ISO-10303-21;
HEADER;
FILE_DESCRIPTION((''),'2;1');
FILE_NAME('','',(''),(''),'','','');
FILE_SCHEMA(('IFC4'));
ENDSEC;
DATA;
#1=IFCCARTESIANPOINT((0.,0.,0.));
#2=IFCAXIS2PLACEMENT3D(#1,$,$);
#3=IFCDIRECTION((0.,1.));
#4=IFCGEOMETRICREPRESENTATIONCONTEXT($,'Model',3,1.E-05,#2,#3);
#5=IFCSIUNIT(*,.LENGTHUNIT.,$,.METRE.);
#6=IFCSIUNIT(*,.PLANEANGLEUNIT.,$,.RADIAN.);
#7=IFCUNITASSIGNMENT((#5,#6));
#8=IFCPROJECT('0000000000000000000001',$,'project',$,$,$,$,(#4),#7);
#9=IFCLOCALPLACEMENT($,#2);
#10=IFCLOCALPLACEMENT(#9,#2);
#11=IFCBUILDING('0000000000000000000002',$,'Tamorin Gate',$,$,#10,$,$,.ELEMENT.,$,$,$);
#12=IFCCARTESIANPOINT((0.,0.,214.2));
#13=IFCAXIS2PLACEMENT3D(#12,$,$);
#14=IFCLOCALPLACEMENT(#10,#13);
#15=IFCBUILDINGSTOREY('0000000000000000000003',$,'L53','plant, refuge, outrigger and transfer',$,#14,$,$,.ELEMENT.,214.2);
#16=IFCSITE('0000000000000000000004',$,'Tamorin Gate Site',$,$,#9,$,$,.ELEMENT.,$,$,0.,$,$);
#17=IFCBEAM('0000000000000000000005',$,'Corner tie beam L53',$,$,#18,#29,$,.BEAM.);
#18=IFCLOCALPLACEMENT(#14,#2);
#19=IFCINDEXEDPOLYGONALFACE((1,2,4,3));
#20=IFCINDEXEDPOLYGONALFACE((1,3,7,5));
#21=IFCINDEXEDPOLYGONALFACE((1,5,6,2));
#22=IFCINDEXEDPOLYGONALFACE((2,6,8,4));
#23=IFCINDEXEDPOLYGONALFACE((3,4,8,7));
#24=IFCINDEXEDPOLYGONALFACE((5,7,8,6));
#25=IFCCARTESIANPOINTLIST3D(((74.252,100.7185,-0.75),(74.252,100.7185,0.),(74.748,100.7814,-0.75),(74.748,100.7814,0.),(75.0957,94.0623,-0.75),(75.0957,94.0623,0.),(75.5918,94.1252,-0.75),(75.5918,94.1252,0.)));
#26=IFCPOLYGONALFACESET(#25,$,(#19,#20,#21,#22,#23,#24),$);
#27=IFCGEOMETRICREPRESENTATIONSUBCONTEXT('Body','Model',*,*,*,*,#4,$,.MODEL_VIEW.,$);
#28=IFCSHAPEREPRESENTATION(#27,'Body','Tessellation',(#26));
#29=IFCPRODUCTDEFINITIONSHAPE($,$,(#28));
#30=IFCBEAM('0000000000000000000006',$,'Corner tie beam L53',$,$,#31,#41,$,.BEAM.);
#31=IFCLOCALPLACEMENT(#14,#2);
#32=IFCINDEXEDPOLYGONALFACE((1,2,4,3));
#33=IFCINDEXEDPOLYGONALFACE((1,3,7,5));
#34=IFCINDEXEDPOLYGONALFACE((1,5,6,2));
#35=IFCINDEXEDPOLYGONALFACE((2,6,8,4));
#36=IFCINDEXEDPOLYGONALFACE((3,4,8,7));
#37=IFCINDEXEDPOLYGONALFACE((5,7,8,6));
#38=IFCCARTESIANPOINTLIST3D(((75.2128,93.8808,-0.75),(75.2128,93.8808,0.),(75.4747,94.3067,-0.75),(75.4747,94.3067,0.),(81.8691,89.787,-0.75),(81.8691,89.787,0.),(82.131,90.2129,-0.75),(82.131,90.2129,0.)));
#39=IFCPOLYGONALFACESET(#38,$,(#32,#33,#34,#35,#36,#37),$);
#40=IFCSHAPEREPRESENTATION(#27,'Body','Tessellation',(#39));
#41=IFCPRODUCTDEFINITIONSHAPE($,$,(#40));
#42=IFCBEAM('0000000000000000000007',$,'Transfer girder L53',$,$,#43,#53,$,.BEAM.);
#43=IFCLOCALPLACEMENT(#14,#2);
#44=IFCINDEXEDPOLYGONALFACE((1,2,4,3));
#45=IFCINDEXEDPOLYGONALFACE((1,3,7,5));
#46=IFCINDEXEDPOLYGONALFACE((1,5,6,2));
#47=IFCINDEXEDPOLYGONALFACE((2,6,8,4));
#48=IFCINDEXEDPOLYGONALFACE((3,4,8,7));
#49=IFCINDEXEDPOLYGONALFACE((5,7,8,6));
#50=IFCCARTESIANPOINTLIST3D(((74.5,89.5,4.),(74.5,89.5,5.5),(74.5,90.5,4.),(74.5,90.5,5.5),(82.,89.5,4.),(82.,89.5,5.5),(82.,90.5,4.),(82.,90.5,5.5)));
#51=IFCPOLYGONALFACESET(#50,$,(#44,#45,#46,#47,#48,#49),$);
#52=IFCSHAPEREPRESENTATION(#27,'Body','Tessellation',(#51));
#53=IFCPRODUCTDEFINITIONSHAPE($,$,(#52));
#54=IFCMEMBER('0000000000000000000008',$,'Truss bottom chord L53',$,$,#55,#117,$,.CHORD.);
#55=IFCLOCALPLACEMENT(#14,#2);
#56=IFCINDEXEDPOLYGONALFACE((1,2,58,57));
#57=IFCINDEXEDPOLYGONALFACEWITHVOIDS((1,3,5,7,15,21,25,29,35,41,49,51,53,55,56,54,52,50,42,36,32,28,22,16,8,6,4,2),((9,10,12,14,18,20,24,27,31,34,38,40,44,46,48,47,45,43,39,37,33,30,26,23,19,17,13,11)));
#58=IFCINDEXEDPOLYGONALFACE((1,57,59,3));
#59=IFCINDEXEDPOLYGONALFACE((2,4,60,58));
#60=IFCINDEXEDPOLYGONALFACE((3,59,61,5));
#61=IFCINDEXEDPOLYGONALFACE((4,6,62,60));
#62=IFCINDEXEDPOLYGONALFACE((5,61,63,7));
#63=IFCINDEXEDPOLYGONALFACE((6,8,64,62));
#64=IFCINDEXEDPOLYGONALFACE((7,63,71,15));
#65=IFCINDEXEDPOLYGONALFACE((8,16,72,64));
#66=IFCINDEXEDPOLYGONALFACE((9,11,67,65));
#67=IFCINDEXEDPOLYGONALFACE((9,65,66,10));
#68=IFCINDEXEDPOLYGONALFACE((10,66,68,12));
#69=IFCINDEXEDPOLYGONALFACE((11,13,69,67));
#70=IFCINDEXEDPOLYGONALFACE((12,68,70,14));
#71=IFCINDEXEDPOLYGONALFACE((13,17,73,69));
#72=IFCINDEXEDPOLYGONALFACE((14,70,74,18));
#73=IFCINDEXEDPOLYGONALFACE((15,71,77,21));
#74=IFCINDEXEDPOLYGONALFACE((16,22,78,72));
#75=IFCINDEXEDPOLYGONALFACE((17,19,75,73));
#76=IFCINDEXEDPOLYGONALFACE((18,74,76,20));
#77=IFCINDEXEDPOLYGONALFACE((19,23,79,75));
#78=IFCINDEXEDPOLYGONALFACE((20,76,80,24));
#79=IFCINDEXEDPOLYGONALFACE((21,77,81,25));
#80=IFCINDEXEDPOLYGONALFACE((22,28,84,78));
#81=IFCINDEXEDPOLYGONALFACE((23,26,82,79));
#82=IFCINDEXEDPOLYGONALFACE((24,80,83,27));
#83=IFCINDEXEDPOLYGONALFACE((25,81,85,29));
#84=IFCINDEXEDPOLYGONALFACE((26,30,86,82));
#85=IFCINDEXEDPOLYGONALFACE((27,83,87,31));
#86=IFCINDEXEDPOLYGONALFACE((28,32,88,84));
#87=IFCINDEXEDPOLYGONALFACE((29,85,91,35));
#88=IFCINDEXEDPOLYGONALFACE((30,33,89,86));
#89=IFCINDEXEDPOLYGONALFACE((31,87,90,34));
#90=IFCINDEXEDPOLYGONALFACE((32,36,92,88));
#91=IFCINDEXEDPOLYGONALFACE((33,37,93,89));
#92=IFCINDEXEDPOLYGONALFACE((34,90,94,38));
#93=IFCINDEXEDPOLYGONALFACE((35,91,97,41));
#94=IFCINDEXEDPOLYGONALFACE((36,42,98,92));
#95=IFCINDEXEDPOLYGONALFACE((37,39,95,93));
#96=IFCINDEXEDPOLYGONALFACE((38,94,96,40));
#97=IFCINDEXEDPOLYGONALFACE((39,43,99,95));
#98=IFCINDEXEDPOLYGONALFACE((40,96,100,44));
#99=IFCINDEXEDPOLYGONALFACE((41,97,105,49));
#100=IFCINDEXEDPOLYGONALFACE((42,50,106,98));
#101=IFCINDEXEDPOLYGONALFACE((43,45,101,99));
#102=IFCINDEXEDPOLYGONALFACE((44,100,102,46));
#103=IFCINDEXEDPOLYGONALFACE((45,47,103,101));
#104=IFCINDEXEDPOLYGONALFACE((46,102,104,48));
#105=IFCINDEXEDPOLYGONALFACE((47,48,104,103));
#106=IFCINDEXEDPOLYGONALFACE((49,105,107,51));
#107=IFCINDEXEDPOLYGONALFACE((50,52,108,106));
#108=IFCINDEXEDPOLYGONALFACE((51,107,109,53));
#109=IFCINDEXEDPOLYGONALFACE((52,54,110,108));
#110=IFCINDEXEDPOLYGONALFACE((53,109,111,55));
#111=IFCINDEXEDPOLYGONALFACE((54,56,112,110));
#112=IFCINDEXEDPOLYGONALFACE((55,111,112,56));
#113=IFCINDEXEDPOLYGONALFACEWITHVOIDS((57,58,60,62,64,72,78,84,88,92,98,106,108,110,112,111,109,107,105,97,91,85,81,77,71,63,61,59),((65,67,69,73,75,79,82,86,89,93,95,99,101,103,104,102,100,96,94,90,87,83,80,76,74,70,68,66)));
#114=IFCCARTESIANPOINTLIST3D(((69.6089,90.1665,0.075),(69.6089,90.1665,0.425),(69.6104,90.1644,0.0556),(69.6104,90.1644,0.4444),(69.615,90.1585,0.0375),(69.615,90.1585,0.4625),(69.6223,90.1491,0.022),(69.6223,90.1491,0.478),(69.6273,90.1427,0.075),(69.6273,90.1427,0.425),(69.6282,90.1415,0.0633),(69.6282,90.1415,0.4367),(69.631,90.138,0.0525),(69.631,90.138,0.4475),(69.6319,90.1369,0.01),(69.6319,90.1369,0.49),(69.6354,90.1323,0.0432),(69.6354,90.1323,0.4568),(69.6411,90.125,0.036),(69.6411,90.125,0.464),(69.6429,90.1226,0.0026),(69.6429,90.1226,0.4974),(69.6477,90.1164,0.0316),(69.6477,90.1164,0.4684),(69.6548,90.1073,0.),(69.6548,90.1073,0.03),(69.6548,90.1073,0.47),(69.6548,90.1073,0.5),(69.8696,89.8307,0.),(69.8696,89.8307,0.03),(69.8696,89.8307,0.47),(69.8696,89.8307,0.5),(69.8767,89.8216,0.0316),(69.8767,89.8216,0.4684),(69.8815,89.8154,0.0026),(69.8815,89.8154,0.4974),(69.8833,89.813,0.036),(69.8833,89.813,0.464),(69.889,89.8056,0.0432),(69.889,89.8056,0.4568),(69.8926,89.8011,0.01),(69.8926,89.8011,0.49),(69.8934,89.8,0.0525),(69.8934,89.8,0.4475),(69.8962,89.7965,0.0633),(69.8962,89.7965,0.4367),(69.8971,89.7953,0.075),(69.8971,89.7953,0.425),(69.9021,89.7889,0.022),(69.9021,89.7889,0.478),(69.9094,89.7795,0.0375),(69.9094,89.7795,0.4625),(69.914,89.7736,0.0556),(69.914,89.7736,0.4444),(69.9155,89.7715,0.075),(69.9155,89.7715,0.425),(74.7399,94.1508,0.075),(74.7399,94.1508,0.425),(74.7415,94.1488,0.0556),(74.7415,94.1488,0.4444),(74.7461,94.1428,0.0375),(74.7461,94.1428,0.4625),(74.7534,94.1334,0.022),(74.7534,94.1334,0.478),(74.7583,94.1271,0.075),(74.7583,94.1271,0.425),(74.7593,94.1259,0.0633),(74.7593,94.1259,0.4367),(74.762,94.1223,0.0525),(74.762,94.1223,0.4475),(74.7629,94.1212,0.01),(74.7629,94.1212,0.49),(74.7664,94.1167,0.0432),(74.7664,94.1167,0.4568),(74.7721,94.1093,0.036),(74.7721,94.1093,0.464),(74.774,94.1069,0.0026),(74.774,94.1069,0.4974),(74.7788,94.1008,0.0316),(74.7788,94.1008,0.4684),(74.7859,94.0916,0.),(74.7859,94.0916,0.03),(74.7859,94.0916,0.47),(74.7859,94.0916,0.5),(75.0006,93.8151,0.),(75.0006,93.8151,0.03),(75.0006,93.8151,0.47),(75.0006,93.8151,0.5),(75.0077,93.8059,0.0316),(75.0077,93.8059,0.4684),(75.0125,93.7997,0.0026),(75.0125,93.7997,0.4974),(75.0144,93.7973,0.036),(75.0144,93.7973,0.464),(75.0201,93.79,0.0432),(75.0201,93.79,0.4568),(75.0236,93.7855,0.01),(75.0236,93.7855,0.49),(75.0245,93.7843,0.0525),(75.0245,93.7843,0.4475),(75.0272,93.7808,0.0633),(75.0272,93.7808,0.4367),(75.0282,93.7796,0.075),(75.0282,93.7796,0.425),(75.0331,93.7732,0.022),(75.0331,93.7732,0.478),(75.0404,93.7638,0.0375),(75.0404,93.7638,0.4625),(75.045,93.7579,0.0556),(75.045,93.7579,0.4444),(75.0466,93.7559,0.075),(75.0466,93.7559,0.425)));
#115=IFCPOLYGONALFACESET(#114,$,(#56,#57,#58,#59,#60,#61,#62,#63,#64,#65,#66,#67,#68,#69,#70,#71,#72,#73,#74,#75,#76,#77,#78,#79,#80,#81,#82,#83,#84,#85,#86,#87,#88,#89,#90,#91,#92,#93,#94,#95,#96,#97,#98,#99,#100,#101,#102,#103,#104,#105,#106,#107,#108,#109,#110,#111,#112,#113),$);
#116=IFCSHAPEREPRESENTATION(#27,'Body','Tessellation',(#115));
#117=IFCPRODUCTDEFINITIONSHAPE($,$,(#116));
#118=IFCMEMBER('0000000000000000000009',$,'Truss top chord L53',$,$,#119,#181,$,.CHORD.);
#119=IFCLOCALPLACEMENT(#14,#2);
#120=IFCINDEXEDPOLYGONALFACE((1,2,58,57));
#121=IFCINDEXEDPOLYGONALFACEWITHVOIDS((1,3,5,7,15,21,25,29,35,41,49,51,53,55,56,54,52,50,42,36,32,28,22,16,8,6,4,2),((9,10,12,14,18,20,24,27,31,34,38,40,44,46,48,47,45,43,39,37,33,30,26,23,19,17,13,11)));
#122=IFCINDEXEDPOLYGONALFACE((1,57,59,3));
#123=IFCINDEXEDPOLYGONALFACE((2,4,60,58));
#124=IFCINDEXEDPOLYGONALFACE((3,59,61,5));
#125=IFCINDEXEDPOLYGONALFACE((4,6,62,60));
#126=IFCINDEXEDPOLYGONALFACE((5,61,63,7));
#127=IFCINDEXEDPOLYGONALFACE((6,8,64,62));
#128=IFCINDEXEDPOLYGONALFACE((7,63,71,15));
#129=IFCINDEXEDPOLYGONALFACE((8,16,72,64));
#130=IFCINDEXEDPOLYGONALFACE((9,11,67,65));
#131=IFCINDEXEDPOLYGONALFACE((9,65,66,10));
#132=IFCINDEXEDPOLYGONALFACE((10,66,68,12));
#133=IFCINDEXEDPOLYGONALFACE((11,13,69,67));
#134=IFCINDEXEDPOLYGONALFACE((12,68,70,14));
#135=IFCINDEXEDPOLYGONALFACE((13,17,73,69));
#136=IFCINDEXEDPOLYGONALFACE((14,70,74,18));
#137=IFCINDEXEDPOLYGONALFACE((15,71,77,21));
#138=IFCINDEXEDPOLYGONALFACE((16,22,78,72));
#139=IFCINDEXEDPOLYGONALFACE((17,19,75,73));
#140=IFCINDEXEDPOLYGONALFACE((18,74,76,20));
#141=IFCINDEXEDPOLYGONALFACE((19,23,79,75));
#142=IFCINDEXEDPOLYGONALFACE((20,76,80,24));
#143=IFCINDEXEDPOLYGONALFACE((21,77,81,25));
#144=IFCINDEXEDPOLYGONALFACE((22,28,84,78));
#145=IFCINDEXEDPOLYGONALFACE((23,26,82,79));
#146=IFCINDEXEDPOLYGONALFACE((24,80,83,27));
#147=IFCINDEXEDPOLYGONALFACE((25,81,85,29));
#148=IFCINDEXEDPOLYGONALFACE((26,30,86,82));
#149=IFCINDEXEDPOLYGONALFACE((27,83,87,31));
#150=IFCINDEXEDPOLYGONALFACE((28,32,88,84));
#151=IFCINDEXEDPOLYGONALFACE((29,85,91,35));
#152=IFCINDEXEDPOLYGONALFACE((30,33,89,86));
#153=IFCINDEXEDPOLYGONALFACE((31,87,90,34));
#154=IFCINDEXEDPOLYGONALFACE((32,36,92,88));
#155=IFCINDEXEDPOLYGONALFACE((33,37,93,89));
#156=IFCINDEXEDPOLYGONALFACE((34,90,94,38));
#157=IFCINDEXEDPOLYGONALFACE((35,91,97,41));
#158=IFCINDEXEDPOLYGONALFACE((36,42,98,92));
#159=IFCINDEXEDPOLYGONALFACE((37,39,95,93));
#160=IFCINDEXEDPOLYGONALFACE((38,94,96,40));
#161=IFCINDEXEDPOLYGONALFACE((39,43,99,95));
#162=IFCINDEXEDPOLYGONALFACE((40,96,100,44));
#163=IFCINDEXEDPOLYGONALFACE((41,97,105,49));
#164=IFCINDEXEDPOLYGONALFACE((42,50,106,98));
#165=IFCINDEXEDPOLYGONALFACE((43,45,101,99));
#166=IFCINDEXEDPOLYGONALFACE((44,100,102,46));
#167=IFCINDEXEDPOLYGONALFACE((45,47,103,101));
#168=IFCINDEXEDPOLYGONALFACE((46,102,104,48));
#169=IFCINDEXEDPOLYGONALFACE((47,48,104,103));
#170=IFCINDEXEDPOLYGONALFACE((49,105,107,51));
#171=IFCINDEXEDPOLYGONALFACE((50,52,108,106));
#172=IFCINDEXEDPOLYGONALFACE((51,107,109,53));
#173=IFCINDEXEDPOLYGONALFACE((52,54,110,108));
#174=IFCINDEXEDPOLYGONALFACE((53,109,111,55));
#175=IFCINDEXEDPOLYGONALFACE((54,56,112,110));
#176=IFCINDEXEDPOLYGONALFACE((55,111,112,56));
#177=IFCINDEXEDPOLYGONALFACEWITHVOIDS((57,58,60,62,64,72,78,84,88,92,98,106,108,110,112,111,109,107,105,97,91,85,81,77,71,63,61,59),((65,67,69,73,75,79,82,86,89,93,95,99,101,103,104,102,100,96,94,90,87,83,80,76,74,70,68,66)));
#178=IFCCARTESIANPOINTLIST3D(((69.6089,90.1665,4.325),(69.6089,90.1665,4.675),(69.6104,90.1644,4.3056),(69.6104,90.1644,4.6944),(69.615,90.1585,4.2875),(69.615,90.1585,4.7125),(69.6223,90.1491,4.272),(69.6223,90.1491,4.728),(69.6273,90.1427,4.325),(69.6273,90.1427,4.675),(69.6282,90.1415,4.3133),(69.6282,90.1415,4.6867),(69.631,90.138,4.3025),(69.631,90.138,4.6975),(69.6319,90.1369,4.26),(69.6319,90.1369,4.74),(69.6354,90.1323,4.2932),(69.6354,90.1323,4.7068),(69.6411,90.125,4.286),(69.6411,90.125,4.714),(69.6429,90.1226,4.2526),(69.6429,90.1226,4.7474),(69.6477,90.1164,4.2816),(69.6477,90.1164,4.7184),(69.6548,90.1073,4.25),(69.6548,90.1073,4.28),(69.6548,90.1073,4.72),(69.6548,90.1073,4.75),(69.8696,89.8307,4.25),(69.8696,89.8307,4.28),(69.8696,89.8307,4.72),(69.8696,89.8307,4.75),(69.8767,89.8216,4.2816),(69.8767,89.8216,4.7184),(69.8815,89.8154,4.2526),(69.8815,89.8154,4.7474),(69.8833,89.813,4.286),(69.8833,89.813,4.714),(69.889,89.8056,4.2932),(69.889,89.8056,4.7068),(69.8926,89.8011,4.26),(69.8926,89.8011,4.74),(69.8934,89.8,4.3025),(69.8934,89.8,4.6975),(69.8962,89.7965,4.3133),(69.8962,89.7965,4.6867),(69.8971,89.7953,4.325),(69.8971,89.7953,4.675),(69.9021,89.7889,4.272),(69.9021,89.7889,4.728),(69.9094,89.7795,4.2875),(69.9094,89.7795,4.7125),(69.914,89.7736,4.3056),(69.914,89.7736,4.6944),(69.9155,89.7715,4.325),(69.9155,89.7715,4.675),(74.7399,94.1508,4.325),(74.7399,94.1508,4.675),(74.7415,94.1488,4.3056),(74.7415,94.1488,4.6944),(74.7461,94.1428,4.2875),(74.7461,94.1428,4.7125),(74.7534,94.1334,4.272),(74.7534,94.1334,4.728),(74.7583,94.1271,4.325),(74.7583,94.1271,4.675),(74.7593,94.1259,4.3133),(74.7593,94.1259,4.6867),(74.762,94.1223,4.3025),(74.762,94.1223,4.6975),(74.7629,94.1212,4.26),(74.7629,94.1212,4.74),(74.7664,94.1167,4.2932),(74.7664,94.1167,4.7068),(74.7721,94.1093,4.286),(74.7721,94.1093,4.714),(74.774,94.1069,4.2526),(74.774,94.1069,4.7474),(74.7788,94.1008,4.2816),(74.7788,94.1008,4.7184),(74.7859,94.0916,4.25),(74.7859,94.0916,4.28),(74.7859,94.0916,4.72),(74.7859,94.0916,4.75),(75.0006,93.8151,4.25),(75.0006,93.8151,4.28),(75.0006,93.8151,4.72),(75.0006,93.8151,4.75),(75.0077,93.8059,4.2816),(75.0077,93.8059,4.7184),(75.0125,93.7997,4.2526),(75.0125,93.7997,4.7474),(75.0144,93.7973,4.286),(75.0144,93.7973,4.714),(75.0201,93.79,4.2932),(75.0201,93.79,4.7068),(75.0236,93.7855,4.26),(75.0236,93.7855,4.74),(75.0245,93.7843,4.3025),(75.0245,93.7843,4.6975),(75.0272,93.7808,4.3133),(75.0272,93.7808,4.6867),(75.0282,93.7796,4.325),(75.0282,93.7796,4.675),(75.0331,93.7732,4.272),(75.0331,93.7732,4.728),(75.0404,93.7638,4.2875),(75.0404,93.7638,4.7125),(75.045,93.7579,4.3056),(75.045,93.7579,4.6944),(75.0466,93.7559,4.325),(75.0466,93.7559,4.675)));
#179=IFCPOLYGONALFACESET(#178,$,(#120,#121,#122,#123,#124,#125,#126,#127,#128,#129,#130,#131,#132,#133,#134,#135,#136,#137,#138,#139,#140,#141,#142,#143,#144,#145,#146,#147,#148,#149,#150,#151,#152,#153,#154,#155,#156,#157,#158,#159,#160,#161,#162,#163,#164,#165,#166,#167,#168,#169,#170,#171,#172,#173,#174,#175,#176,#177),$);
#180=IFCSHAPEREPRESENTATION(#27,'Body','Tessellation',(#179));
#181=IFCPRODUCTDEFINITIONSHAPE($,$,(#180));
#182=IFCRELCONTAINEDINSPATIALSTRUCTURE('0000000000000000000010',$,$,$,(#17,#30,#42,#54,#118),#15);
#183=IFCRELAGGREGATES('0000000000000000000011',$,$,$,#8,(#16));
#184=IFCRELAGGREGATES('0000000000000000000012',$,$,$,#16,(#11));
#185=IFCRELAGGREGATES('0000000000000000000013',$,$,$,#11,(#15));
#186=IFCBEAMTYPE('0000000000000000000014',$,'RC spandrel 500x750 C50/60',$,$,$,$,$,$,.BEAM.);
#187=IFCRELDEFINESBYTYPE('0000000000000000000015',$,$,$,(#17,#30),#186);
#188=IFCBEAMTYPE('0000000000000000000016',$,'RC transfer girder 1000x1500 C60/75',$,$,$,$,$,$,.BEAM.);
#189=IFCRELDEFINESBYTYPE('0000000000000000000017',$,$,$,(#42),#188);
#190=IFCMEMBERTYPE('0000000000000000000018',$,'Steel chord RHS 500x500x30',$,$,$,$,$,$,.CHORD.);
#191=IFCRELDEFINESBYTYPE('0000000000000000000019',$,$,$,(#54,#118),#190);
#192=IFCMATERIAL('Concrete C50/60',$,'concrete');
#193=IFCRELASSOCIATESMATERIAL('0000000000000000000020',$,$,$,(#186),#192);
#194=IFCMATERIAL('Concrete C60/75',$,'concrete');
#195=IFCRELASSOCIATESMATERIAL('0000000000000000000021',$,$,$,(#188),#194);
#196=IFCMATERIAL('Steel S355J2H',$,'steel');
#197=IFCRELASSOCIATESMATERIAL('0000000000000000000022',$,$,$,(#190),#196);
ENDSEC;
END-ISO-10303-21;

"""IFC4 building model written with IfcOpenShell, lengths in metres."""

from ifc_helpers import new_model, si_unit, direction, frame, origin, origin_2d, place, context, subcontext, project, spatial, rectangle, hollow_rectangle, extrude, material, material_profile, profile_set, type_object, element, save


model = new_model("IFC4")

# Units and contexts
model_context = context("Model", 3, precision=1e-05, world=origin(), true_north=direction((0.0, 1.0)))
body_context = subcontext(model_context, "Body", "Model", "MODEL_VIEW")
ifc_project = project(units=[si_unit("LENGTHUNIT", "METRE"), si_unit("PLANEANGLEUNIT", "RADIAN")], contexts=[model_context])

# Site, building, storey
site_placement = place(None, origin())
site = spatial("IfcSite", under=ifc_project, at=site_placement, Name="Tamorin Gate Site", CompositionType="ELEMENT", RefElevation=0.0)
building_placement = place(site_placement, origin())
building = spatial("IfcBuilding", under=site, at=building_placement, Name="Tamorin Gate", CompositionType="ELEMENT")
storey_placement = place(building_placement, frame((0.0, 0.0, 214.2)))
storey = spatial("IfcBuildingStorey", under=building, at=storey_placement, Name="L53", Description="plant, refuge, outrigger and transfer", CompositionType="ELEMENT", Elevation=214.2)

# Shared definitions
ifc_material_1 = material(Name="Concrete C60/75", Category="concrete")

# Beams
ifc_material_2 = material(Name="Concrete C50/60", Category="concrete")
ifc_material_profile_1 = material_profile(ifc_material_2, rectangle(XDim=0.5, YDim=0.75, at=origin_2d()), Name="RC 500x750")
ifc_profile_set_1 = profile_set([ifc_material_profile_1], Name="Concrete C50/60")
beam_type_1 = type_object("IfcBeamType", Name="RC spandrel 500x750 C50/60", PredefinedType="BEAM", material=ifc_profile_set_1)
beam_1_placement = place(storey_placement, frame((75.3438, 94.0938, -0.375), z_axis=(-0.125754, 0.992061, 0.0), x_axis=(-0.992061, -0.125754, 0.0)))
element("IfcBeam", 1, at=beam_1_placement, inside=storey, type_object=beam_type_1, Name="Corner tie beam L53", PredefinedType="BEAM", context=body_context, shape_type="SweptSolid", body=[
    extrude(rectangle(XDim=0.5, YDim=0.75, at=origin_2d()), origin(), (0.0, 0.0, 1.0), 6.7095),
])
beam_2_placement = place(storey_placement, frame((75.3438, 94.0938, -0.375), z_axis=(0.851796, -0.523874, 0.0), x_axis=(0.523874, 0.851796, 0.0)))
element("IfcBeam", 2, at=beam_2_placement, inside=storey, type_object=beam_type_1, Name="Corner tie beam L53", PredefinedType="BEAM", context=body_context, shape_type="SweptSolid", body=[
    extrude(rectangle(XDim=0.5, YDim=0.75, at=origin_2d()), origin(), (0.0, 0.0, 1.0), 7.8145),
])
ifc_material_profile_2 = material_profile(ifc_material_1, rectangle(XDim=1.0, YDim=1.5, at=origin_2d()), Name="RC 1000x1500")
ifc_profile_set_2 = profile_set([ifc_material_profile_2], Name="Concrete C60/75")
beam_type_2 = type_object("IfcBeamType", Name="RC transfer girder 1000x1500 C60/75", PredefinedType="BEAM", material=ifc_profile_set_2)
beam_3_placement = place(storey_placement, frame((74.5, 90.0, 4.75), z_axis=(1.0, 0.0, 0.0), x_axis=(0.0, 1.0, 0.0)))
element("IfcBeam", 3, at=beam_3_placement, inside=storey, type_object=beam_type_2, Name="Transfer girder L53", PredefinedType="BEAM", context=body_context, shape_type="SweptSolid", body=[
    extrude(rectangle(XDim=1.0, YDim=1.5, at=origin_2d()), origin(), (0.0, 0.0, 1.0), 7.5),
])

# Members
ifc_material_3 = material(Name="Steel S355J2H", Category="steel")
ifc_material_profile_3 = material_profile(ifc_material_3, hollow_rectangle(XDim=0.5, YDim=0.5, WallThickness=0.03, InnerFilletRadius=0.0449, OuterFilletRadius=0.075, at=origin_2d()), Name="RHS 500x500x30")
ifc_profile_set_3 = profile_set([ifc_material_profile_3], Name="Steel S355J2H")
member_type_1 = type_object("IfcMemberType", Name="Steel chord RHS 500x500x30", PredefinedType="CHORD", material=ifc_profile_set_3)
for number, where, z_axis, x_axis, name in (
    (4, (69.7622, 89.969, 0.25), (0.789836, 0.613319, 0.0), (-0.613319, 0.789836, 0.0), "Truss bottom chord L53"),
    (5, (69.7622, 89.969, 4.5), (0.789836, 0.613319, 0.0), (-0.613319, 0.789836, 0.0), "Truss top chord L53"),
):
    element("IfcMember", number, at=place(storey_placement, frame(where, z_axis=z_axis, x_axis=x_axis)), inside=storey, type_object=member_type_1, Name=name, PredefinedType="CHORD", context=body_context, shape_type="SweptSolid", body=[
        extrude(hollow_rectangle(XDim=0.5, YDim=0.5, WallThickness=0.03, InnerFilletRadius=0.0449, OuterFilletRadius=0.075, at=origin_2d()), origin(), (0.0, 0.0, 1.0), 6.4963),
    ])

save(model, "model.ifc")
